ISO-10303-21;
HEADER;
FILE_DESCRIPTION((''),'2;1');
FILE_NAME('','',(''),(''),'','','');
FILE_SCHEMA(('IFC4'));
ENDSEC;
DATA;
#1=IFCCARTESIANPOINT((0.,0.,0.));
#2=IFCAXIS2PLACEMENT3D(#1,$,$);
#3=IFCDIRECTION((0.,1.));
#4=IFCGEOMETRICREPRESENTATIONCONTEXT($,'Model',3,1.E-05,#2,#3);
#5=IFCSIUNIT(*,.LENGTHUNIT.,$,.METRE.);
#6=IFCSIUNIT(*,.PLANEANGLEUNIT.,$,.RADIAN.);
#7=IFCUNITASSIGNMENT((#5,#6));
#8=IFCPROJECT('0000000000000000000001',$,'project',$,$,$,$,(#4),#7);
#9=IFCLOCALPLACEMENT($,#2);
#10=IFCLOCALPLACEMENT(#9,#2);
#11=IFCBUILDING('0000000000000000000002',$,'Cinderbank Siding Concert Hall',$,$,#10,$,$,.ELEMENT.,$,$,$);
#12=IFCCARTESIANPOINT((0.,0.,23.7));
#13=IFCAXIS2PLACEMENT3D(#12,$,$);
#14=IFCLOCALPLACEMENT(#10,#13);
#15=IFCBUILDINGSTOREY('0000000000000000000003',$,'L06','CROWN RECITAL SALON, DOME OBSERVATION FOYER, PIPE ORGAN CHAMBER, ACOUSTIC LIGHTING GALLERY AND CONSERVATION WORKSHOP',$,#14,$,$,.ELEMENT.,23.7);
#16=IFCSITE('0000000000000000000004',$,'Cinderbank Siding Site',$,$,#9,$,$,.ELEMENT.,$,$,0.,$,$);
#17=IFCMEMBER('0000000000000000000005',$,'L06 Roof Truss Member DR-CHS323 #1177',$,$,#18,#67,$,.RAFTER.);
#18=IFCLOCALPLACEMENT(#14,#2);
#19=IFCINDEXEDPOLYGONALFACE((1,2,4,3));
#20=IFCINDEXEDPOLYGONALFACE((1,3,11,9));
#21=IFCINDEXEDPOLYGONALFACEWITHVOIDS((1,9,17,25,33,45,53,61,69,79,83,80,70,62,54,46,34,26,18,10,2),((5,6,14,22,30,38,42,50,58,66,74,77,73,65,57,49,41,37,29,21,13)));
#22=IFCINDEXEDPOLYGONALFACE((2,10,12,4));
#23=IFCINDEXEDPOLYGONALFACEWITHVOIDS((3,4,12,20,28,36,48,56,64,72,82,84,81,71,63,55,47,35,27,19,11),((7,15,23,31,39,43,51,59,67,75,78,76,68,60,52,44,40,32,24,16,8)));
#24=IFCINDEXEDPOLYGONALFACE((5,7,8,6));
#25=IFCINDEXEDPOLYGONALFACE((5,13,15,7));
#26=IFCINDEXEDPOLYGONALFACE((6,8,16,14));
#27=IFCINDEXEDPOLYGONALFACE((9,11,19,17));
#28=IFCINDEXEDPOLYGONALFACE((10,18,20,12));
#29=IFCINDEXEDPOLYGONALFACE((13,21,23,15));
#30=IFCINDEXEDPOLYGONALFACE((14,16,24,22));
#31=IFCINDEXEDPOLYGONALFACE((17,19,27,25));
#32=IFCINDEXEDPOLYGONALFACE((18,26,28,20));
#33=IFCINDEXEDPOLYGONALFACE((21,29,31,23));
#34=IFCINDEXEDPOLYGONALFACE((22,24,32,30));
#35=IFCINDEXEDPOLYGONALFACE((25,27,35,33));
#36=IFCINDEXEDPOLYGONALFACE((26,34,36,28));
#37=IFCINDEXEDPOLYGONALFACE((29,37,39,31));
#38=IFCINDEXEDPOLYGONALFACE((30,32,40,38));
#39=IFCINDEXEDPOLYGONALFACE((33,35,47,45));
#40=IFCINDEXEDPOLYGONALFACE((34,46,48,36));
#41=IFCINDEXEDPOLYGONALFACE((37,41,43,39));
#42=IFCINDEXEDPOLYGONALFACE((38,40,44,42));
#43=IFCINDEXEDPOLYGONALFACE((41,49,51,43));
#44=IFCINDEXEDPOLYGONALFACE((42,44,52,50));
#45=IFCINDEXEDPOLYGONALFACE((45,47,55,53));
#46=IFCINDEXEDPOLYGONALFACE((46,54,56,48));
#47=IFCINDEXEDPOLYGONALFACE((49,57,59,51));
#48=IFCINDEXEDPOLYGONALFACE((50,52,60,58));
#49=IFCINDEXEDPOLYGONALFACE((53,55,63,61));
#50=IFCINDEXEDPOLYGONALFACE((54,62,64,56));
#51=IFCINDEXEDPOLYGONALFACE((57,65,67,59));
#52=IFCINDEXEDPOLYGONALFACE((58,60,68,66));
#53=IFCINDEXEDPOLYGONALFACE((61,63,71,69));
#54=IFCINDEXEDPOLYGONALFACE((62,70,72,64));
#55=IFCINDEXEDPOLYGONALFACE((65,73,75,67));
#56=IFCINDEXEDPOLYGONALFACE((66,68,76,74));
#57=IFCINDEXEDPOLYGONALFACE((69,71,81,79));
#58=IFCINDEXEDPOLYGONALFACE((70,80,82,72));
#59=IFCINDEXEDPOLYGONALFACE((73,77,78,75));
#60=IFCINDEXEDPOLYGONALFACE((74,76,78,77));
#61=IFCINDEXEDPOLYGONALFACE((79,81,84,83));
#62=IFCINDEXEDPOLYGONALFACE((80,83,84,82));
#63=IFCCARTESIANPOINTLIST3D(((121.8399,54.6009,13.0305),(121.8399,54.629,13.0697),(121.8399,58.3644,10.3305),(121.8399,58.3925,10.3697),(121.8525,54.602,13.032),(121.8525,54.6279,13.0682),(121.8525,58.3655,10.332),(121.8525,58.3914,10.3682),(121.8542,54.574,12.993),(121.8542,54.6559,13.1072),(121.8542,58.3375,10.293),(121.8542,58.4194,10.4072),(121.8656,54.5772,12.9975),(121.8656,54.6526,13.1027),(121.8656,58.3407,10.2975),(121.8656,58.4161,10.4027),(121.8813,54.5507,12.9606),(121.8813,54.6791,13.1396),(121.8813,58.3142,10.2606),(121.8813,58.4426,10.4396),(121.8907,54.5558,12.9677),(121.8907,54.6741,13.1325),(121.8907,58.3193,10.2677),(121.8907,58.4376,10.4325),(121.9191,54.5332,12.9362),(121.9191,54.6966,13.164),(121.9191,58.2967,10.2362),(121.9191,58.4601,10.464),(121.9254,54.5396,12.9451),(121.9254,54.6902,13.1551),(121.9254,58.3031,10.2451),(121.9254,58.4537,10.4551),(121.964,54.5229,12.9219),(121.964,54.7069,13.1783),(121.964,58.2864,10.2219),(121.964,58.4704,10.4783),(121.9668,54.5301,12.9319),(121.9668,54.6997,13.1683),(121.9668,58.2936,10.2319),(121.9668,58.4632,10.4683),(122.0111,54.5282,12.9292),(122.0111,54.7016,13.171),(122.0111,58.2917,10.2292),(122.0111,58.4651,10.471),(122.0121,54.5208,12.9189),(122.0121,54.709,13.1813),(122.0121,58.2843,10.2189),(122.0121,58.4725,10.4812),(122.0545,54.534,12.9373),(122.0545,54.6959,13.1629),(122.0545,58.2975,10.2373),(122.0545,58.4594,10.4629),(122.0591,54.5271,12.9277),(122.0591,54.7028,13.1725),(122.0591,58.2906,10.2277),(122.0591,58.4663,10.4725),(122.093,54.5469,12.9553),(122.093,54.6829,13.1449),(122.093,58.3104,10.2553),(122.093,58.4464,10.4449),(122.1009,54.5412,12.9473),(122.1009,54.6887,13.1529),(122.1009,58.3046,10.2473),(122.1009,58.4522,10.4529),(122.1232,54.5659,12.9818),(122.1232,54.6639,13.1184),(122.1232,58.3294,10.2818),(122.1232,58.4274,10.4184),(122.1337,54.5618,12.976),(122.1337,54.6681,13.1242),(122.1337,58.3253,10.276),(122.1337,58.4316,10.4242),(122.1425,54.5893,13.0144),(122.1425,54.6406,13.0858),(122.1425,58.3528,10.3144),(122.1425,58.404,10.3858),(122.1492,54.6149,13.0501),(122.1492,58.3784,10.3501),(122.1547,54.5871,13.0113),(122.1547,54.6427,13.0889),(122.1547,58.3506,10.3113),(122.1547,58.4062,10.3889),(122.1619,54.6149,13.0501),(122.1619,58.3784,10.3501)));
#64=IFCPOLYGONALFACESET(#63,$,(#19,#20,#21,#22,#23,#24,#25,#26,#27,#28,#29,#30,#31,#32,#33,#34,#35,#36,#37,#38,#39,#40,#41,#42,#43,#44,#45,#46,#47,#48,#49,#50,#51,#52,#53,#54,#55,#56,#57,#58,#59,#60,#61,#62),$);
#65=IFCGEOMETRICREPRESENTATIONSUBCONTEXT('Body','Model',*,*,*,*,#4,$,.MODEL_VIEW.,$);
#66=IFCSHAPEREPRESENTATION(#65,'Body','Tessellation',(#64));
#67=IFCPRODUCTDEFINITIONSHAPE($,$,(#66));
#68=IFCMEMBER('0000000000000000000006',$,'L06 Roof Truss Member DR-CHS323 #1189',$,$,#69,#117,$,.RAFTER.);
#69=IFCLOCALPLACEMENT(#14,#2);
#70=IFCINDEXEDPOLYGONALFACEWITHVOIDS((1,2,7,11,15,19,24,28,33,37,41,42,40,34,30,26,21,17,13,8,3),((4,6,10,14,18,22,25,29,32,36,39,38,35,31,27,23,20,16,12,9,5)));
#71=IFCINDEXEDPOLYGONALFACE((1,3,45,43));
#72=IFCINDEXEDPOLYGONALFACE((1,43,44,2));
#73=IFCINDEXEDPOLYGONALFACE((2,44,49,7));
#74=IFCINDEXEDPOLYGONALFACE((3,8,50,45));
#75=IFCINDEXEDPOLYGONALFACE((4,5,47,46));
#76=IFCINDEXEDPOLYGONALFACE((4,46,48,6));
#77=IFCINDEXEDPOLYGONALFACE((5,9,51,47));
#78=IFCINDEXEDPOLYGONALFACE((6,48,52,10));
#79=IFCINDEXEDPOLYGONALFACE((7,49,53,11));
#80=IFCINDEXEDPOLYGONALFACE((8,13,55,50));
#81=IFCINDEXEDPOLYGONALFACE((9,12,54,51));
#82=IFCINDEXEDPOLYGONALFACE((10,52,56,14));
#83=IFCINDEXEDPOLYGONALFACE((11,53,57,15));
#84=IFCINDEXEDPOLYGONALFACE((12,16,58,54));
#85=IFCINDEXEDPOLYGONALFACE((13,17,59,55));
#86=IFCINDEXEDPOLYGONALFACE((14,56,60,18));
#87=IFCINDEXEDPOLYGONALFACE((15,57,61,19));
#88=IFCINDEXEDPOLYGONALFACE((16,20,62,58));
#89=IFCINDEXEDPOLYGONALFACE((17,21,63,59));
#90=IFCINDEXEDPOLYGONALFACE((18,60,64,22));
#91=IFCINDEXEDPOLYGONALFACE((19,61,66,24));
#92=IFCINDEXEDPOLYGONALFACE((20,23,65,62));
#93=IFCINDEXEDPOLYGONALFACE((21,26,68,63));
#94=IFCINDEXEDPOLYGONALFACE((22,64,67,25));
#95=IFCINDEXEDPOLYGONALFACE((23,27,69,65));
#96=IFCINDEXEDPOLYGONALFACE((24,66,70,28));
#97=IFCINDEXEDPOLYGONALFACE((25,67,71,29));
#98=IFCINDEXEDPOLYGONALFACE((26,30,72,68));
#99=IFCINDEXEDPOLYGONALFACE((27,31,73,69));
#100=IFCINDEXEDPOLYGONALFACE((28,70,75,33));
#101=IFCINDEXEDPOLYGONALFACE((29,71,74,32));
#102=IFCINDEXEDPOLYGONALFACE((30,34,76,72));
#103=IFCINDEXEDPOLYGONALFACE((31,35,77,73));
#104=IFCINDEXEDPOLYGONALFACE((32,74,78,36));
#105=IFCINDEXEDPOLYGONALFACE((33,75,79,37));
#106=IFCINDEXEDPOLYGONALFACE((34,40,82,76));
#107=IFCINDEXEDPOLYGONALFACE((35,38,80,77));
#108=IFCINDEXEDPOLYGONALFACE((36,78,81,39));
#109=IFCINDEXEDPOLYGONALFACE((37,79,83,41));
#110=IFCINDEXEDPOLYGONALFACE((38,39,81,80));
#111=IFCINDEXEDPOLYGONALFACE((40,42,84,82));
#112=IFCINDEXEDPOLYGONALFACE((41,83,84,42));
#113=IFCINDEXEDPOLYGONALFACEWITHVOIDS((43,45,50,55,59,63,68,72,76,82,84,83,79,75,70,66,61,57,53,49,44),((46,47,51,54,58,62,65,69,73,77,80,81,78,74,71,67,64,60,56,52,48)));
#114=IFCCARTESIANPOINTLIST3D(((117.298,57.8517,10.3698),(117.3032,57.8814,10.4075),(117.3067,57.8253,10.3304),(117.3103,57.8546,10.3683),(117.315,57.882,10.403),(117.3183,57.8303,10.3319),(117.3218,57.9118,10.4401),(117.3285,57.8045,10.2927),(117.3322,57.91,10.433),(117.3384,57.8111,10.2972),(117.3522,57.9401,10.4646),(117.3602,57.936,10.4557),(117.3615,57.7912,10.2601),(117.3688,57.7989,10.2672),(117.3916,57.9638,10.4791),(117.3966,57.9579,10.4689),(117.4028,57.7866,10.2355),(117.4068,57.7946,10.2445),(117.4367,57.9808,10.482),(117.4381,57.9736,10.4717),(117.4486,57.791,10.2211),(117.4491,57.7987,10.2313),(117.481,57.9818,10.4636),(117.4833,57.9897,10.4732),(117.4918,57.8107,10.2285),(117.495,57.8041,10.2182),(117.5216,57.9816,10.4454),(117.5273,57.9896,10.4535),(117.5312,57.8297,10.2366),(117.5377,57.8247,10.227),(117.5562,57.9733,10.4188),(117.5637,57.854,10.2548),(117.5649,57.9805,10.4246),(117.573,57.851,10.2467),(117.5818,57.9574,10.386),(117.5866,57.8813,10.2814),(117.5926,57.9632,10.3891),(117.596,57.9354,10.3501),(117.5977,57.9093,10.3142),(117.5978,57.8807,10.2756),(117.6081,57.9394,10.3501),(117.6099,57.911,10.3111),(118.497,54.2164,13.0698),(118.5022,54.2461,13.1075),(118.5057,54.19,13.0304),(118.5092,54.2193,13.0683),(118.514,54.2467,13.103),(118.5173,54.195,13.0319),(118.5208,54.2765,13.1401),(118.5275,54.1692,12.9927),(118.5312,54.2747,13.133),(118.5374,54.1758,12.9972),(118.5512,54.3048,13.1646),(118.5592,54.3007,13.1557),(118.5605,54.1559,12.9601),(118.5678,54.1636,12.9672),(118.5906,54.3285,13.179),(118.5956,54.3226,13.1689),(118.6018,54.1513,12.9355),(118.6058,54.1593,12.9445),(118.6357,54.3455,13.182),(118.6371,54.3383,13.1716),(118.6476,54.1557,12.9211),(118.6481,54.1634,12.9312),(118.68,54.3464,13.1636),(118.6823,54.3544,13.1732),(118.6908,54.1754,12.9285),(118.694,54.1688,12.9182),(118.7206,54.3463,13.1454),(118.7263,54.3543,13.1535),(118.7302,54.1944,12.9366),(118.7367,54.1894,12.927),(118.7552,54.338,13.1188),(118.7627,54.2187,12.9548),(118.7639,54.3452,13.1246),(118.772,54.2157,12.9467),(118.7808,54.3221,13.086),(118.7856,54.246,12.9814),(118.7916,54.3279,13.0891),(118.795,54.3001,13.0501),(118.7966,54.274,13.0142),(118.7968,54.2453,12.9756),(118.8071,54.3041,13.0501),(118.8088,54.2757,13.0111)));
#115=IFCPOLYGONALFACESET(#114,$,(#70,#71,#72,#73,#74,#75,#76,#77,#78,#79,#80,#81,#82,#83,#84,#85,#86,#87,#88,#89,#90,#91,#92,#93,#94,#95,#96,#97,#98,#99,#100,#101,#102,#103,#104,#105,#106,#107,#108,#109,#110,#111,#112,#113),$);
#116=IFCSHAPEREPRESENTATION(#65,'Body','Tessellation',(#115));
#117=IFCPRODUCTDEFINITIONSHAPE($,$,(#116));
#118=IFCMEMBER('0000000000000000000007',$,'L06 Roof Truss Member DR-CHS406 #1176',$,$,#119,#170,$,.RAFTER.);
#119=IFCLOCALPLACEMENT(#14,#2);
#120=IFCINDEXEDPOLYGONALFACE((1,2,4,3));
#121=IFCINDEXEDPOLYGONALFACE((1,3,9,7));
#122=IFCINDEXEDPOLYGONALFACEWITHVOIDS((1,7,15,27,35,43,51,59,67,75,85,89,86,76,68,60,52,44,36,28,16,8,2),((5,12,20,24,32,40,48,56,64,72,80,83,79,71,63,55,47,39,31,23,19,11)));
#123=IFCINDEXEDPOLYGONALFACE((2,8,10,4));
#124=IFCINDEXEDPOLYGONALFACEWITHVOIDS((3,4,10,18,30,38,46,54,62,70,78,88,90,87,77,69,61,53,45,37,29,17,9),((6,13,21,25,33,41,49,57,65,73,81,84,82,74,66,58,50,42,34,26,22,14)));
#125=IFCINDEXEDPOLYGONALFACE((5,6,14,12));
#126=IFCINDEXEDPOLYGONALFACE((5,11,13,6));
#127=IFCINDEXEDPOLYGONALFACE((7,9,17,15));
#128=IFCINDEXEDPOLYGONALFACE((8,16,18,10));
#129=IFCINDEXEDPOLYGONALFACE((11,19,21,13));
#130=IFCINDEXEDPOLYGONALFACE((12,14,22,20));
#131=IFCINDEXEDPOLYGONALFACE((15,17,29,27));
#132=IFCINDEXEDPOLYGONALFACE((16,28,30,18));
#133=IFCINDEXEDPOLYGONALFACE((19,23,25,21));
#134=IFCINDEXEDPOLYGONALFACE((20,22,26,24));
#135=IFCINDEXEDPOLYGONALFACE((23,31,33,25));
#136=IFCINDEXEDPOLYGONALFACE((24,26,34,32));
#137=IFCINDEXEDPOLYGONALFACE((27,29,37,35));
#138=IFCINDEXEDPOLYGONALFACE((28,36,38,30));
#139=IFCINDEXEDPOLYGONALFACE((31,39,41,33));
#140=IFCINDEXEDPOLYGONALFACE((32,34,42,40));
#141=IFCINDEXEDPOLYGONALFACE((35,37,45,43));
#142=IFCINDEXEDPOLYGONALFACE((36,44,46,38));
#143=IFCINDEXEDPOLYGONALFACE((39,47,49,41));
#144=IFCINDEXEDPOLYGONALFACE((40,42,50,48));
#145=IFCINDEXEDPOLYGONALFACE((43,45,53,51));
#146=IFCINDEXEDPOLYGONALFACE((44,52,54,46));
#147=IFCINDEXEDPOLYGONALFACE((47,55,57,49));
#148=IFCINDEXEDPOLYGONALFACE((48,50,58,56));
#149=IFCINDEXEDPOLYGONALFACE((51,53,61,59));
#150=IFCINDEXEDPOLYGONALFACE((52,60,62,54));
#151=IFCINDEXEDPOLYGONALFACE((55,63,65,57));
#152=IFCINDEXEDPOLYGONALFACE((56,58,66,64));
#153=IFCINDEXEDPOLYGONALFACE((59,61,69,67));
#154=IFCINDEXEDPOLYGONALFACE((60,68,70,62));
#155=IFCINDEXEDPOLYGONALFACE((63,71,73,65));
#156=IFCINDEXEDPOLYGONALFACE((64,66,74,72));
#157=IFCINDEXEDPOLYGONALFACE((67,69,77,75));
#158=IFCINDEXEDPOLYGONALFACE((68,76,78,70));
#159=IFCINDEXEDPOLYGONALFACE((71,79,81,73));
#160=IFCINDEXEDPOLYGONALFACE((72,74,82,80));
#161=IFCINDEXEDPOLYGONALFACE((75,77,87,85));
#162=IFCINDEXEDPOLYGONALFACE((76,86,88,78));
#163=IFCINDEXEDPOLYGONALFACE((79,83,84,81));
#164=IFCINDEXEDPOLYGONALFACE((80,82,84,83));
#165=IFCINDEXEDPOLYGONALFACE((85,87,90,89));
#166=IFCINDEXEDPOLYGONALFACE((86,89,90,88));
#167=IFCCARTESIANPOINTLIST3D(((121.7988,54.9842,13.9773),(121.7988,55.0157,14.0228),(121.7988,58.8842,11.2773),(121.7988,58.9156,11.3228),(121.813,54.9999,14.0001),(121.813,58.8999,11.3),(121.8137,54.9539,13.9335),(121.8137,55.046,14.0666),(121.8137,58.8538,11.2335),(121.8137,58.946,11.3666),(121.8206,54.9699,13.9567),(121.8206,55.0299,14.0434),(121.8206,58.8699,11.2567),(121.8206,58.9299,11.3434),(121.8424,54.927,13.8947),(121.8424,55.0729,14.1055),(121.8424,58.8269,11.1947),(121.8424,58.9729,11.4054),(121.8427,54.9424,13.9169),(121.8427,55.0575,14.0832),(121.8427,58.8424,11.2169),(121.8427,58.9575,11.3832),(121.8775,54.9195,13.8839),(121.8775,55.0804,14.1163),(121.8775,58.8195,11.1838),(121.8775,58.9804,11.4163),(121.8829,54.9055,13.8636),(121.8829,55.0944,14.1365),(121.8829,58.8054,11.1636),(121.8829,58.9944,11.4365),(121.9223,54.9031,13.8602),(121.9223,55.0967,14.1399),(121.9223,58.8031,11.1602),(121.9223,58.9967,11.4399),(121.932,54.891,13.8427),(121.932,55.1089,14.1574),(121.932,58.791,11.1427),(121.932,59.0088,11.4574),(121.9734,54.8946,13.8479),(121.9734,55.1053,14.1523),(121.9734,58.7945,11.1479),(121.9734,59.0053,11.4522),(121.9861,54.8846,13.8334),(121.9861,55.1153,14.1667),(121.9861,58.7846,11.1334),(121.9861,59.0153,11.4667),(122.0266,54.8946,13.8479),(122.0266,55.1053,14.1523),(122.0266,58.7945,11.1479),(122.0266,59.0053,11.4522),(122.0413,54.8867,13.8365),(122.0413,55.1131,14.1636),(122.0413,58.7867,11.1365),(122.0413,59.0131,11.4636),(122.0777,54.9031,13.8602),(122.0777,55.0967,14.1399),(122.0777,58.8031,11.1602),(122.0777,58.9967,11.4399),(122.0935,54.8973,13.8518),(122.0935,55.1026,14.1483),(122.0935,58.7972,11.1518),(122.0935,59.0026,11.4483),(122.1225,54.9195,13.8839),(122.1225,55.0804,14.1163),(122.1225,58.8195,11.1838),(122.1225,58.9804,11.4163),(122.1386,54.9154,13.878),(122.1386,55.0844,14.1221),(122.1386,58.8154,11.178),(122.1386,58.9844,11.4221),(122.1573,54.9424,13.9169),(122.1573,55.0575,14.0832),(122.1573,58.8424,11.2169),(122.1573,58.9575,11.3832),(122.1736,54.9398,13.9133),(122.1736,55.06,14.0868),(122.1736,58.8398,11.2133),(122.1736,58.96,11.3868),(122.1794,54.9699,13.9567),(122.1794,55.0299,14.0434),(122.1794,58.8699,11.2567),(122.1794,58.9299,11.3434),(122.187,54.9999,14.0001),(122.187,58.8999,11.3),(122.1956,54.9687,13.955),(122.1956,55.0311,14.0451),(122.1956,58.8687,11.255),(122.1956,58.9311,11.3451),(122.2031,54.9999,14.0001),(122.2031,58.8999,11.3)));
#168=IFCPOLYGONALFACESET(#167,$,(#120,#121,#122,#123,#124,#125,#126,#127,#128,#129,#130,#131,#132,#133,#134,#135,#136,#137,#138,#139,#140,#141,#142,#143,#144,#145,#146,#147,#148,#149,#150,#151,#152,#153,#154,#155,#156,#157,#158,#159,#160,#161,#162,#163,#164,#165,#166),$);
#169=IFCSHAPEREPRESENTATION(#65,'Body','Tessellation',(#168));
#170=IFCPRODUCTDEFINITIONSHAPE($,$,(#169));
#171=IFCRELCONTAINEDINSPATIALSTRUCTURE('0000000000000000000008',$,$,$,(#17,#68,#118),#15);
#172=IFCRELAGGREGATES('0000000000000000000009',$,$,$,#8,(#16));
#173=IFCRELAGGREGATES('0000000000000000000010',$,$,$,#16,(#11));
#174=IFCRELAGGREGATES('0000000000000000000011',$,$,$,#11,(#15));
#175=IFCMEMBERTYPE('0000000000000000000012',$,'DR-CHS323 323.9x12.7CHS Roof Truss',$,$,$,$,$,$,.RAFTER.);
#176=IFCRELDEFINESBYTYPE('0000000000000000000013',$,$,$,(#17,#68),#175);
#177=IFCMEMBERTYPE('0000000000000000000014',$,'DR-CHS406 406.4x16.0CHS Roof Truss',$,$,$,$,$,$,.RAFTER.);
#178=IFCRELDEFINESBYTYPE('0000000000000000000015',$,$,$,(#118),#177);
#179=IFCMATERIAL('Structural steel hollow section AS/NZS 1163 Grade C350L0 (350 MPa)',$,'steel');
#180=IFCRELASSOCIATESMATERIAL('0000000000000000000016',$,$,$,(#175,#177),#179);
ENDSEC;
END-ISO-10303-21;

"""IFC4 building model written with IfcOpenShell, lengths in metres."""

from ifc_helpers import new_model, si_unit, direction, frame, origin, origin_2d, place, context, subcontext, project, spatial, hollow_circle, extrude, material, material_profile, profile_set, type_object, element, save


model = new_model("IFC4")

# Units and contexts
model_context = context("Model", 3, precision=1e-05, world=origin(), true_north=direction((0.0, 1.0)))
body_context = subcontext(model_context, "Body", "Model", "MODEL_VIEW")
ifc_project = project(units=[si_unit("LENGTHUNIT", "METRE"), si_unit("PLANEANGLEUNIT", "RADIAN")], contexts=[model_context])

# Site, building, storey
site_placement = place(None, origin())
site = spatial("IfcSite", under=ifc_project, at=site_placement, Name="Cinderbank Siding Site", CompositionType="ELEMENT", RefElevation=0.0)
building_placement = place(site_placement, origin())
building = spatial("IfcBuilding", under=site, at=building_placement, Name="Cinderbank Siding Concert Hall", CompositionType="ELEMENT")
storey_placement = place(building_placement, frame((0.0, 0.0, 23.7)))
storey = spatial("IfcBuildingStorey", under=building, at=storey_placement, Name="L06", Description="CROWN RECITAL SALON, DOME OBSERVATION FOYER, PIPE ORGAN CHAMBER, ACOUSTIC LIGHTING GALLERY AND CONSERVATION WORKSHOP", CompositionType="ELEMENT", Elevation=23.7)

# Members
ifc_material_1 = material(Name="Structural steel hollow section AS/NZS 1163 Grade C350L0 (350 MPa)", Category="steel")
ifc_material_profile_1 = material_profile(ifc_material_1, hollow_circle(Radius=0.1619, WallThickness=0.0127, at=origin_2d()), Name="323.9x12.7CHS", Category="LoadBearing")
ifc_profile_set_1 = profile_set([ifc_material_profile_1], Name="Structural steel hollow section AS/NZS 1163 Grade C350L0 (350 MPa)")
member_type_1 = type_object("IfcMemberType", Name="DR-CHS323 323.9x12.7CHS Roof Truss", PredefinedType="RAFTER", material=ifc_profile_set_1)
member_1_placement = place(storey_placement, frame((122.0, 58.3784, 10.3501), z_axis=(0.0, -0.812528, 0.582922), x_axis=(1.0, 0.0, 0.0)))
element("IfcMember", 1, at=member_1_placement, inside=storey, type_object=member_type_1, Name="L06 Roof Truss Member DR-CHS323 #1177", PredefinedType="RAFTER", context=body_context, shape_type="SweptSolid", body=[
    extrude(hollow_circle(Radius=0.1619, WallThickness=0.0127, at=origin_2d()), origin(), (0.0, 0.0, 1.0), 4.6318),
])
member_2_placement = place(storey_placement, frame((117.4543, 57.8887, 10.3501), z_axis=(0.255958, -0.776056, 0.576387), x_axis=(0.94968, 0.313222, 0.0)))
element("IfcMember", 2, at=member_2_placement, inside=storey, type_object=member_type_1, Name="L06 Roof Truss Member DR-CHS323 #1189", PredefinedType="RAFTER", context=body_context, shape_type="SweptSolid", body=[
    extrude(hollow_circle(Radius=0.1619, WallThickness=0.0127, at=origin_2d()), origin(), (0.0, 0.0, 1.0), 4.6843),
])
ifc_material_profile_2 = material_profile(ifc_material_1, hollow_circle(Radius=0.2031, WallThickness=0.0161, at=origin_2d()), Name="406.4x16.0CHS", Category="LoadBearing")
ifc_profile_set_2 = profile_set([ifc_material_profile_2], Name="Structural steel hollow section AS/NZS 1163 Grade C350L0 (350 MPa)")
member_type_2 = type_object("IfcMemberType", Name="DR-CHS406 406.4x16.0CHS Roof Truss", PredefinedType="RAFTER", material=ifc_profile_set_2)
member_3_placement = place(storey_placement, frame((122.0, 58.8999, 11.3), z_axis=(0.0, -0.82219, 0.569213), x_axis=(1.0, 0.0, 0.0)))
element("IfcMember", 3, at=member_3_placement, inside=storey, type_object=member_type_2, Name="L06 Roof Truss Member DR-CHS406 #1176", PredefinedType="RAFTER", context=body_context, shape_type="SweptSolid", body=[
    extrude(hollow_circle(Radius=0.2031, WallThickness=0.0161, at=origin_2d()), origin(), (0.0, 0.0, 1.0), 4.7434),
])

save(model, "model.ifc")
